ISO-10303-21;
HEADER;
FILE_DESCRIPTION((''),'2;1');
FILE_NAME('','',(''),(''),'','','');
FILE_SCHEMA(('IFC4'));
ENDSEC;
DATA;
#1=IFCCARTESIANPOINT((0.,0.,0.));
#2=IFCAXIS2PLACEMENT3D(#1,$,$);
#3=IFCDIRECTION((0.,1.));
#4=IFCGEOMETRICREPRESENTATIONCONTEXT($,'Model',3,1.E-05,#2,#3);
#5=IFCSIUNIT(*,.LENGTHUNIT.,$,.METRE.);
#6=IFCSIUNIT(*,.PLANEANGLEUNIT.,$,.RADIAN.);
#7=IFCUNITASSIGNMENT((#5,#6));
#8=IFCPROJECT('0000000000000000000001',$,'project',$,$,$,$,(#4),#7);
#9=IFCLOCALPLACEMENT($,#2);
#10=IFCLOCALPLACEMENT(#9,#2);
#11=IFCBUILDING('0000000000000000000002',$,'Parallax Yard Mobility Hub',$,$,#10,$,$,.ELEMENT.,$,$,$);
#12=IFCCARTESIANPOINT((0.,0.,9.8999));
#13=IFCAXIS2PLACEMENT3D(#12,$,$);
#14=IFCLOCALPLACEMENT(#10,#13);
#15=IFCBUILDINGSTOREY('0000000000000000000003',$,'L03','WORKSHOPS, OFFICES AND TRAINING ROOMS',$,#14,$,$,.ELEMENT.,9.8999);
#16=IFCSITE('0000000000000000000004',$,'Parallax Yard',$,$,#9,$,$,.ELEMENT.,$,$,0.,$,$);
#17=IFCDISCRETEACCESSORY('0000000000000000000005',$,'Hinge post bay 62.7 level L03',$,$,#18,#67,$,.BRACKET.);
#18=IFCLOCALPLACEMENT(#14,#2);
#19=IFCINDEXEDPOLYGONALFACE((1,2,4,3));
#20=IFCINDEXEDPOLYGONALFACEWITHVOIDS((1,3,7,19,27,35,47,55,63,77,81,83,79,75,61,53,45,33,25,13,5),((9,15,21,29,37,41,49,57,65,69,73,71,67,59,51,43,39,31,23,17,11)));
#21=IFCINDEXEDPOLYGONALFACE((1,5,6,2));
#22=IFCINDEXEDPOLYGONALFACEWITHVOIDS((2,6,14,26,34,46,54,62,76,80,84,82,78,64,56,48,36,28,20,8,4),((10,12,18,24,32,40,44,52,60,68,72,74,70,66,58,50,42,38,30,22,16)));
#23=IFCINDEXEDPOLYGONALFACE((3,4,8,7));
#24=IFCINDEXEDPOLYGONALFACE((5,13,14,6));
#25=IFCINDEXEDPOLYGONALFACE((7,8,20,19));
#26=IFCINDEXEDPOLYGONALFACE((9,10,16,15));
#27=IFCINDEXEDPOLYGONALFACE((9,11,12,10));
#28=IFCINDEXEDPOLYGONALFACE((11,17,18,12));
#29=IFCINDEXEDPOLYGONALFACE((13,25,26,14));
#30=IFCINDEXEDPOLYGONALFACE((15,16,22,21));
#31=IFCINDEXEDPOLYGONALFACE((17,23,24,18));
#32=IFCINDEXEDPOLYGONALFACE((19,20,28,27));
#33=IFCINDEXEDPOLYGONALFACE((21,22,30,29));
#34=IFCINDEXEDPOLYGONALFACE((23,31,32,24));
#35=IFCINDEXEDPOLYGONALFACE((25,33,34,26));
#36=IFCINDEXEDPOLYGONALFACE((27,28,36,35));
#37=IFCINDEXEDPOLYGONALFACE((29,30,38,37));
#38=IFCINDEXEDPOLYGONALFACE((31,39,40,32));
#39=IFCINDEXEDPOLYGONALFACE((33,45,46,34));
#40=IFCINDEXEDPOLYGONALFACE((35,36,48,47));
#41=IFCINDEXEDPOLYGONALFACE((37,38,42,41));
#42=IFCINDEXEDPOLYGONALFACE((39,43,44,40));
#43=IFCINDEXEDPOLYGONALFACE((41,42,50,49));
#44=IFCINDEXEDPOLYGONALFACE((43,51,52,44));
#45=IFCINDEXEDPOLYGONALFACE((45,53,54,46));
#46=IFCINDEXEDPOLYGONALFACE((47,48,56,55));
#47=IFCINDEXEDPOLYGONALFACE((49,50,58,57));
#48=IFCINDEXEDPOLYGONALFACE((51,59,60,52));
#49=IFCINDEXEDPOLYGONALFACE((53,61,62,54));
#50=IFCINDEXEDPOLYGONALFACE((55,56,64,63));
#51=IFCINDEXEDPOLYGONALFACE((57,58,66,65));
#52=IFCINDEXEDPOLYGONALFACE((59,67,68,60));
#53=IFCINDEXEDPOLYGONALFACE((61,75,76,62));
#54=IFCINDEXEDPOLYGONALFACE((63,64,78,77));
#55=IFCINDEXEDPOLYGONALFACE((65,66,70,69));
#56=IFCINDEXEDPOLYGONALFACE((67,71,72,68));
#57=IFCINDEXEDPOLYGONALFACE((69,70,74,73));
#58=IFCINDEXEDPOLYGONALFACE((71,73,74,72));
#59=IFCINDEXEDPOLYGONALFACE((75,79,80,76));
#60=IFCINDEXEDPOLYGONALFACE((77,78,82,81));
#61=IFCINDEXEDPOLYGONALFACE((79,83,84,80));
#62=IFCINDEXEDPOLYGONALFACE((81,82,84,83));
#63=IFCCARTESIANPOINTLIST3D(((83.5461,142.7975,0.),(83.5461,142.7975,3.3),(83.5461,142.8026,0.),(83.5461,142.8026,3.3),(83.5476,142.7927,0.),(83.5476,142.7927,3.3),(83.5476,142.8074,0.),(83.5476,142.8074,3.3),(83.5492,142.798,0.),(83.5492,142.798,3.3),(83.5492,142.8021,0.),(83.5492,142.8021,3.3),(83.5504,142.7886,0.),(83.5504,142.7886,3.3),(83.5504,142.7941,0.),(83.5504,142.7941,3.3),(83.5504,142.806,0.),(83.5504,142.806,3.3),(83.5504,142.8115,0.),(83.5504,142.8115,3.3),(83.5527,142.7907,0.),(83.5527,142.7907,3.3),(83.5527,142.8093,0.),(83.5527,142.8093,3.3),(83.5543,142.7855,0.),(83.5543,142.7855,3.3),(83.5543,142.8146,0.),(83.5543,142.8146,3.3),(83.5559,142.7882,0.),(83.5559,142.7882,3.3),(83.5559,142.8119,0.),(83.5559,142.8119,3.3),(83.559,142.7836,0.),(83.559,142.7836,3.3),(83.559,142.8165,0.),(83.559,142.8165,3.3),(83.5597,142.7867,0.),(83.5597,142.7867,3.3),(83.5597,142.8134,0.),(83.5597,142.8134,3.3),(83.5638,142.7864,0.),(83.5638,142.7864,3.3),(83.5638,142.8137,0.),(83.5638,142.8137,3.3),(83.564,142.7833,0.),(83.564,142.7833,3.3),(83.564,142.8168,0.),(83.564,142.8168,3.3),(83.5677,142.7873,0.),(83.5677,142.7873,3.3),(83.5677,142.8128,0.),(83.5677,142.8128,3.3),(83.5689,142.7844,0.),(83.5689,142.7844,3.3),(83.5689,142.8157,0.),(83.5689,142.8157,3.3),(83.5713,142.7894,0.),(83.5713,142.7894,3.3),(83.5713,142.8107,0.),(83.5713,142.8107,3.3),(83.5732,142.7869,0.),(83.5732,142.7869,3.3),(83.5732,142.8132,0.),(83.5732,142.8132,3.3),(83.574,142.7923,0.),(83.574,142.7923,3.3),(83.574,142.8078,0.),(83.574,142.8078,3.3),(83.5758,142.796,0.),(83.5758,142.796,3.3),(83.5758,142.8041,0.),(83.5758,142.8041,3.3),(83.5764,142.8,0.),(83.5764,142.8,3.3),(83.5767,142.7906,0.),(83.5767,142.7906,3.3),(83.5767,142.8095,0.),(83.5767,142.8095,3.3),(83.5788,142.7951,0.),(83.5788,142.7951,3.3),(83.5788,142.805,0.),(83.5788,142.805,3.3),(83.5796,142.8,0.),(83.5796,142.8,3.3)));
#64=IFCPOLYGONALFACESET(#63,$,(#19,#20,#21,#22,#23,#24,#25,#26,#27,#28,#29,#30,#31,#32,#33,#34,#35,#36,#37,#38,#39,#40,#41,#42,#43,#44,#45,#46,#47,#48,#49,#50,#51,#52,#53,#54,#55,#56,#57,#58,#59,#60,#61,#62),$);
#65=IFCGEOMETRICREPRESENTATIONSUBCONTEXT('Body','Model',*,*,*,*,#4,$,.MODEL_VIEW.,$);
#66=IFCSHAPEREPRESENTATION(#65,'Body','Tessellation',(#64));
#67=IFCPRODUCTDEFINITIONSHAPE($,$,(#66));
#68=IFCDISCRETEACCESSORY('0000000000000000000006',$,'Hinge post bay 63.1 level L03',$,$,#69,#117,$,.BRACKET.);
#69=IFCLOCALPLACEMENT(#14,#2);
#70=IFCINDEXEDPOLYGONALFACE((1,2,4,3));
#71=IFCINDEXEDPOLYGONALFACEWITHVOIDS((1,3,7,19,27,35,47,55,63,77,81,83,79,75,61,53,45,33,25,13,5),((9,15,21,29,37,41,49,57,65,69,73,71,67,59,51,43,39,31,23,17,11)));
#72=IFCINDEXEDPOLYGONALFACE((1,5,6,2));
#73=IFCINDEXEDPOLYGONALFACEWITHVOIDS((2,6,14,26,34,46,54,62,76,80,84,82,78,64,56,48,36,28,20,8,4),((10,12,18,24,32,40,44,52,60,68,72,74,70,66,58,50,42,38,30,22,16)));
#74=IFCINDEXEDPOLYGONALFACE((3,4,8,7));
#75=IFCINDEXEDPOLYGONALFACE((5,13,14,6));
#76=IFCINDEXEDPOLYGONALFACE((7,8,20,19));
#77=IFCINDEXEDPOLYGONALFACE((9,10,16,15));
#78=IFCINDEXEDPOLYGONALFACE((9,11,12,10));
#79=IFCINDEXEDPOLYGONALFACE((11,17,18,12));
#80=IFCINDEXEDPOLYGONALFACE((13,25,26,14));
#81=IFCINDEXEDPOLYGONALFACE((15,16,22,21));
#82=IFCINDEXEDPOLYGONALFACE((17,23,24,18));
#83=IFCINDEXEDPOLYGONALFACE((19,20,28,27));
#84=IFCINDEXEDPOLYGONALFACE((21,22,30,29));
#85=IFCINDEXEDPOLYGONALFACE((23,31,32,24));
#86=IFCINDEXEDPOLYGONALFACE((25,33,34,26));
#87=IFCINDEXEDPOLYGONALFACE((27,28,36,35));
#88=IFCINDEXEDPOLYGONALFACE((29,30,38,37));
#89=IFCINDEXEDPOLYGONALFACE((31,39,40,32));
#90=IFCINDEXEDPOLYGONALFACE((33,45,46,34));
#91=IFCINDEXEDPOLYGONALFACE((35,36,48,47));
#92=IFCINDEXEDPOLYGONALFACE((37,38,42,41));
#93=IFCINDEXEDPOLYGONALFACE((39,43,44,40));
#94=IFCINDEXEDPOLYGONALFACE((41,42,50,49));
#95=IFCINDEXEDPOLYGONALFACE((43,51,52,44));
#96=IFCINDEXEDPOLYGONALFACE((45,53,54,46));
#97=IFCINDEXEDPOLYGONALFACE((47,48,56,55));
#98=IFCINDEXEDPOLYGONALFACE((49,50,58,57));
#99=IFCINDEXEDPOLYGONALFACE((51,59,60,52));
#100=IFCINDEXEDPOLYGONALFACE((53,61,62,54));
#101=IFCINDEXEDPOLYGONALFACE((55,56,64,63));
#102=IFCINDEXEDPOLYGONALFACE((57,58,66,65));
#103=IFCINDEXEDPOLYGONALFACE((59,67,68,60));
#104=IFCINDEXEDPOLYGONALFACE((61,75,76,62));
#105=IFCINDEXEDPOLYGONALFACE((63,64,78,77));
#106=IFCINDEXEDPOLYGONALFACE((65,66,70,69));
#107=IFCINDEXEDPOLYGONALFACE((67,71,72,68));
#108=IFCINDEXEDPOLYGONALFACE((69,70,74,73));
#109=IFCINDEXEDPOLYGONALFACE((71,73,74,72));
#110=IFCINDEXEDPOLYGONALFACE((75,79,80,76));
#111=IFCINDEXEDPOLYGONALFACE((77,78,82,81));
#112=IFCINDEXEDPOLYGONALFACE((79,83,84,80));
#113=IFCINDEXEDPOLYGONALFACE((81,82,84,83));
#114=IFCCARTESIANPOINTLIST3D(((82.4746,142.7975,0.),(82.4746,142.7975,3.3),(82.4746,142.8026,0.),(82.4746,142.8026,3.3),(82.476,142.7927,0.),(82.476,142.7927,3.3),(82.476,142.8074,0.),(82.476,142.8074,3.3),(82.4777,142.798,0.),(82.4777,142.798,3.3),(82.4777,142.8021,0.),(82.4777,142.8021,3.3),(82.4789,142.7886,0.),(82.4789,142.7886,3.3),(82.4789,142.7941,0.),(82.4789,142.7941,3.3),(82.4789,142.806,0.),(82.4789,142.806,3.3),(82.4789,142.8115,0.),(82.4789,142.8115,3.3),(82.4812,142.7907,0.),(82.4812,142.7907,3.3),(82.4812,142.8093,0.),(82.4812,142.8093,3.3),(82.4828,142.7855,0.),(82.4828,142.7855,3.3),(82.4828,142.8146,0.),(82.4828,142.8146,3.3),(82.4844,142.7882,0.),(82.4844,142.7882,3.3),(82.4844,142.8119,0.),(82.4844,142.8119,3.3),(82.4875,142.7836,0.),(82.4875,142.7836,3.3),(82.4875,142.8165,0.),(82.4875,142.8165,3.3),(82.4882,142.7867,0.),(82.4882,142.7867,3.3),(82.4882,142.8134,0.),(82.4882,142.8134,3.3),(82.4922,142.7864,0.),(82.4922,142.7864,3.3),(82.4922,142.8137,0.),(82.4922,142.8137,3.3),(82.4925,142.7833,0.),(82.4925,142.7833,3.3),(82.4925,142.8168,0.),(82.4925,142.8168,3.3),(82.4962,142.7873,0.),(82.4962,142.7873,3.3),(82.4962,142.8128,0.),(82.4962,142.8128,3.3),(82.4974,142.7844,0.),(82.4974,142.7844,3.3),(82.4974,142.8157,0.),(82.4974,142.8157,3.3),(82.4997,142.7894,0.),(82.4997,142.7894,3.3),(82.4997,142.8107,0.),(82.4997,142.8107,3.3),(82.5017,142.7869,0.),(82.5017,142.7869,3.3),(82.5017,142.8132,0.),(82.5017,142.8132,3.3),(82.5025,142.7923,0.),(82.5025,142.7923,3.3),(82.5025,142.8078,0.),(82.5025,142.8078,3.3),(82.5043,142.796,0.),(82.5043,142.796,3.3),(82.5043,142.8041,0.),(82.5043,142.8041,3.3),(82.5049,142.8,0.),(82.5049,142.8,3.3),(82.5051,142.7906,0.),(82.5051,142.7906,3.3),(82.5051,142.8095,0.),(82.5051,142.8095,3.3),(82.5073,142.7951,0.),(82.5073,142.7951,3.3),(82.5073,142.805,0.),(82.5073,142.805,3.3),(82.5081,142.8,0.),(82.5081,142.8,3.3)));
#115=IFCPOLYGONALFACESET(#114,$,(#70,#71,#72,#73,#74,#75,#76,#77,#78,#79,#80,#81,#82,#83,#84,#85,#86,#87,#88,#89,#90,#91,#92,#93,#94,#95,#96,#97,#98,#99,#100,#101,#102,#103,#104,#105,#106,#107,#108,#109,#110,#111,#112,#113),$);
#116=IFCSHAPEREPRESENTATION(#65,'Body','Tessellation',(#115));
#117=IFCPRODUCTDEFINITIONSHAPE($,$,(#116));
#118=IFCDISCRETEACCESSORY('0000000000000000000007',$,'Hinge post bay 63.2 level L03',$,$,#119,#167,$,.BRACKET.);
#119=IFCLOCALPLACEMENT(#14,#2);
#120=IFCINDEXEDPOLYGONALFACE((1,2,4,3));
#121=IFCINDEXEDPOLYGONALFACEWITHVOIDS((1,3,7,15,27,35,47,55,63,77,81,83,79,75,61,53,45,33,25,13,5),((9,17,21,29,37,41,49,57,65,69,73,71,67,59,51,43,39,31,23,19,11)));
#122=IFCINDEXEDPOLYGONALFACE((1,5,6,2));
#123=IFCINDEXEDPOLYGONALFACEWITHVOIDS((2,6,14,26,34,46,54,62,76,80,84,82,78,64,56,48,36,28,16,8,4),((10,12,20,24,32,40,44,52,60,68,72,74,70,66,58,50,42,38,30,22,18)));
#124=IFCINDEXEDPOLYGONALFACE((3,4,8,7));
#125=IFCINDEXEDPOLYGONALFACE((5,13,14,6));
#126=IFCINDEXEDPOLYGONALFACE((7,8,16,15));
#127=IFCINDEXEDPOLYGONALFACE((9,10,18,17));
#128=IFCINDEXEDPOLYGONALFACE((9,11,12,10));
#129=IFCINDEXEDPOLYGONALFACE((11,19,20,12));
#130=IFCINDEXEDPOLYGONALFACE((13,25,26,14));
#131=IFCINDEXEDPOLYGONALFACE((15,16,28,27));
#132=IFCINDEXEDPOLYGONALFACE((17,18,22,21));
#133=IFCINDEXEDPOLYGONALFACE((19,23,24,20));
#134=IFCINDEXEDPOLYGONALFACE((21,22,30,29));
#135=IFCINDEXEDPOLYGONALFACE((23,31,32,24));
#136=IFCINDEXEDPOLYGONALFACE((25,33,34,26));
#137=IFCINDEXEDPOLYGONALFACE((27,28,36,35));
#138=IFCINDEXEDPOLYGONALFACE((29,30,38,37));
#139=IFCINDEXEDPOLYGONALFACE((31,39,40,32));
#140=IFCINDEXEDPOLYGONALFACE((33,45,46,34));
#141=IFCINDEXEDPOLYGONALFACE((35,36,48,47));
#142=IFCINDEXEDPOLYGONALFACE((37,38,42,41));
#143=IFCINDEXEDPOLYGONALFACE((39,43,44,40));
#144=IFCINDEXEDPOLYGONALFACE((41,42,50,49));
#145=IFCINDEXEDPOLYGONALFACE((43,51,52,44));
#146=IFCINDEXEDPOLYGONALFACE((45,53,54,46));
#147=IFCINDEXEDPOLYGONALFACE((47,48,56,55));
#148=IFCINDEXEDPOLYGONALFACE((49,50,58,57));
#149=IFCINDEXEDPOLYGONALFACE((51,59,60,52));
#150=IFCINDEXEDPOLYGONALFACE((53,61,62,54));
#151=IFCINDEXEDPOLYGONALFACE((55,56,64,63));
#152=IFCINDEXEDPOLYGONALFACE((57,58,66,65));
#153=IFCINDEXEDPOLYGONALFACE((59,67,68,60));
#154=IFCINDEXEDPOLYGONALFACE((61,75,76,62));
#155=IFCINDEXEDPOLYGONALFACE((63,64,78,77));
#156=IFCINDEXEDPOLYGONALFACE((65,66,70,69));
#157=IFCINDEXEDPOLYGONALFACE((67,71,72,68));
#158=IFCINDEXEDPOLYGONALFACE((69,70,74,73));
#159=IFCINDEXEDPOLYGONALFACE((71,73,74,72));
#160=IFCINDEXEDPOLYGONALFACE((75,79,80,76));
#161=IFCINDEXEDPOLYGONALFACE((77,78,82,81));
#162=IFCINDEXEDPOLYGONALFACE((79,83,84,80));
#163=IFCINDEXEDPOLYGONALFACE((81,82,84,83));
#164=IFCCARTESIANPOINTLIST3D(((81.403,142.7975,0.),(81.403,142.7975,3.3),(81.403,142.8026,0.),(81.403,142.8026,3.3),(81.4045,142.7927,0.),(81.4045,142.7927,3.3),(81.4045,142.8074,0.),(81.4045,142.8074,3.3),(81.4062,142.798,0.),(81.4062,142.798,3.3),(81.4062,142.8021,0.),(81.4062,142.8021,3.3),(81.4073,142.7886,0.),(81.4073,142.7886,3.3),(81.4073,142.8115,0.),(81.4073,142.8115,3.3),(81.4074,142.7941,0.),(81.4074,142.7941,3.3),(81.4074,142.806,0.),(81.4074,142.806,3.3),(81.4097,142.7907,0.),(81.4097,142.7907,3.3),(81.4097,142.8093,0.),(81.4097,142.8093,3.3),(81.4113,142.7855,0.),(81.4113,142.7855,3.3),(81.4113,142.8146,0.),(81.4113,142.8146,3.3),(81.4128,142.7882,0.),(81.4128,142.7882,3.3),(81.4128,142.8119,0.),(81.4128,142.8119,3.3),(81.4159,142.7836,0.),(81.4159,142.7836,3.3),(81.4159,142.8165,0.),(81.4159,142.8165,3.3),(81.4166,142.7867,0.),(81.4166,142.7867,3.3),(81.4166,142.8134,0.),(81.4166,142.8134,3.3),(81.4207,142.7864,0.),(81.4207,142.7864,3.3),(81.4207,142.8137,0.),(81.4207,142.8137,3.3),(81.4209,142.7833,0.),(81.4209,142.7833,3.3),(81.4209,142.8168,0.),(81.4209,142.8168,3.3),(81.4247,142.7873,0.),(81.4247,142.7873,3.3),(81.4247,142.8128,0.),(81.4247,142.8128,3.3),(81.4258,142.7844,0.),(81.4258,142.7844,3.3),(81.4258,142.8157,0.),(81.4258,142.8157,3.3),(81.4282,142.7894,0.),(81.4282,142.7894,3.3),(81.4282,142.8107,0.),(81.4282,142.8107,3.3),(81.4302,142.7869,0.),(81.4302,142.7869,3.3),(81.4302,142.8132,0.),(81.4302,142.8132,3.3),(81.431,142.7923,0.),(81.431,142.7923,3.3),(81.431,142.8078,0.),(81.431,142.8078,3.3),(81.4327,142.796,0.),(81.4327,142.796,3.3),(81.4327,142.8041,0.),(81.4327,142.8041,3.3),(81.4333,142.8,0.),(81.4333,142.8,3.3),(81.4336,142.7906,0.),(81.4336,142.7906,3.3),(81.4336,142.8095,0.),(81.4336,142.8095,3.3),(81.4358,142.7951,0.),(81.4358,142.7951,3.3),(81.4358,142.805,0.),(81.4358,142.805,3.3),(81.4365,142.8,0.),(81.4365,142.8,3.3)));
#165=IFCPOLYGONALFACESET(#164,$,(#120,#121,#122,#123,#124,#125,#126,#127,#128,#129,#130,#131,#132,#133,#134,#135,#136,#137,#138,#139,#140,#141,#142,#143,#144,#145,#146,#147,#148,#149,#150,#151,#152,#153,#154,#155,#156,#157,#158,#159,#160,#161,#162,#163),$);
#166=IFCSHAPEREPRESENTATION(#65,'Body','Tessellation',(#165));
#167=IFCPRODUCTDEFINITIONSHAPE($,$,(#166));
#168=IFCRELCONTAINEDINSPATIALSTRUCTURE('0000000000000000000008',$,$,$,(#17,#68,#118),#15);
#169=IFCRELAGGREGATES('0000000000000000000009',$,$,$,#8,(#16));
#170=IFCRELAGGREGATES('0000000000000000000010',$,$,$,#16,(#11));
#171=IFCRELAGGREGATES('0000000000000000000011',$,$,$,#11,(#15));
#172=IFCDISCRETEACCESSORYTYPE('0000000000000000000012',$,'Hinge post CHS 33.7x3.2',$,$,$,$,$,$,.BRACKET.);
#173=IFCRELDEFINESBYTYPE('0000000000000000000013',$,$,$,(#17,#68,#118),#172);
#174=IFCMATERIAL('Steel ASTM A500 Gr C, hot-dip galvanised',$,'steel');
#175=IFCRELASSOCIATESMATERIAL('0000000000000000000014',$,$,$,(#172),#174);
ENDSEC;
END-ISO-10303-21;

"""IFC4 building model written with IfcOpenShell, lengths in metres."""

from ifc_helpers import new_model, si_unit, direction, frame, origin, origin_2d, place, context, subcontext, project, spatial, hollow_circle, extrude, material, material_profile, profile_set, type_object, element, save


model = new_model("IFC4")

# Units and contexts
model_context = context("Model", 3, precision=1e-05, world=origin(), true_north=direction((0.0, 1.0)))
body_context = subcontext(model_context, "Body", "Model", "MODEL_VIEW")
ifc_project = project(units=[si_unit("LENGTHUNIT", "METRE"), si_unit("PLANEANGLEUNIT", "RADIAN")], contexts=[model_context])

# Site, building, storey
site_placement = place(None, origin())
site = spatial("IfcSite", under=ifc_project, at=site_placement, Name="Parallax Yard", CompositionType="ELEMENT", RefElevation=0.0)
building_placement = place(site_placement, origin())
building = spatial("IfcBuilding", under=site, at=building_placement, Name="Parallax Yard Mobility Hub", CompositionType="ELEMENT")
storey_placement = place(building_placement, frame((0.0, 0.0, 9.8999)))
storey = spatial("IfcBuildingStorey", under=building, at=storey_placement, Name="L03", Description="WORKSHOPS, OFFICES AND TRAINING ROOMS", CompositionType="ELEMENT", Elevation=9.8999)

# Discrete accessories
ifc_material_1 = material(Name="Steel ASTM A500 Gr C, hot-dip galvanised", Category="steel")
ifc_material_profile = material_profile(ifc_material_1, hollow_circle(Radius=0.0168, WallThickness=0.0032, at=origin_2d()), Name="CHS 33.7x3.2")
ifc_profile_set = profile_set([ifc_material_profile], Name="Steel ASTM A500 Gr C, hot-dip galvanised")
discrete_accessory_type_1 = type_object("IfcDiscreteAccessoryType", Name="Hinge post CHS 33.7x3.2", PredefinedType="BRACKET", material=ifc_profile_set)
for number, where, z_axis, x_axis, name in (
    (1, (83.5627, 142.8, 0.0), (0.0, 0.0, 1.0), (1.0, 0.0, 0.0), "Hinge post bay 62.7 level L03"),
    (2, (82.4912, 142.8, 0.0), (0.0, 0.0, 1.0), (1.0, 0.0, 0.0), "Hinge post bay 63.1 level L03"),
    (3, (81.4197, 142.8, 0.0), (0.0, 0.0, 1.0), (1.0, 0.0, 0.0), "Hinge post bay 63.2 level L03"),
):
    element("IfcDiscreteAccessory", number, at=place(storey_placement, frame(where, z_axis=z_axis, x_axis=x_axis)), inside=storey, type_object=discrete_accessory_type_1, Name=name, PredefinedType="BRACKET", context=body_context, shape_type="SweptSolid", body=[
        extrude(hollow_circle(Radius=0.0168, WallThickness=0.0032, at=origin_2d()), origin(), (0.0, 0.0, 1.0), 3.3),
    ])

save(model, "model.ifc")
